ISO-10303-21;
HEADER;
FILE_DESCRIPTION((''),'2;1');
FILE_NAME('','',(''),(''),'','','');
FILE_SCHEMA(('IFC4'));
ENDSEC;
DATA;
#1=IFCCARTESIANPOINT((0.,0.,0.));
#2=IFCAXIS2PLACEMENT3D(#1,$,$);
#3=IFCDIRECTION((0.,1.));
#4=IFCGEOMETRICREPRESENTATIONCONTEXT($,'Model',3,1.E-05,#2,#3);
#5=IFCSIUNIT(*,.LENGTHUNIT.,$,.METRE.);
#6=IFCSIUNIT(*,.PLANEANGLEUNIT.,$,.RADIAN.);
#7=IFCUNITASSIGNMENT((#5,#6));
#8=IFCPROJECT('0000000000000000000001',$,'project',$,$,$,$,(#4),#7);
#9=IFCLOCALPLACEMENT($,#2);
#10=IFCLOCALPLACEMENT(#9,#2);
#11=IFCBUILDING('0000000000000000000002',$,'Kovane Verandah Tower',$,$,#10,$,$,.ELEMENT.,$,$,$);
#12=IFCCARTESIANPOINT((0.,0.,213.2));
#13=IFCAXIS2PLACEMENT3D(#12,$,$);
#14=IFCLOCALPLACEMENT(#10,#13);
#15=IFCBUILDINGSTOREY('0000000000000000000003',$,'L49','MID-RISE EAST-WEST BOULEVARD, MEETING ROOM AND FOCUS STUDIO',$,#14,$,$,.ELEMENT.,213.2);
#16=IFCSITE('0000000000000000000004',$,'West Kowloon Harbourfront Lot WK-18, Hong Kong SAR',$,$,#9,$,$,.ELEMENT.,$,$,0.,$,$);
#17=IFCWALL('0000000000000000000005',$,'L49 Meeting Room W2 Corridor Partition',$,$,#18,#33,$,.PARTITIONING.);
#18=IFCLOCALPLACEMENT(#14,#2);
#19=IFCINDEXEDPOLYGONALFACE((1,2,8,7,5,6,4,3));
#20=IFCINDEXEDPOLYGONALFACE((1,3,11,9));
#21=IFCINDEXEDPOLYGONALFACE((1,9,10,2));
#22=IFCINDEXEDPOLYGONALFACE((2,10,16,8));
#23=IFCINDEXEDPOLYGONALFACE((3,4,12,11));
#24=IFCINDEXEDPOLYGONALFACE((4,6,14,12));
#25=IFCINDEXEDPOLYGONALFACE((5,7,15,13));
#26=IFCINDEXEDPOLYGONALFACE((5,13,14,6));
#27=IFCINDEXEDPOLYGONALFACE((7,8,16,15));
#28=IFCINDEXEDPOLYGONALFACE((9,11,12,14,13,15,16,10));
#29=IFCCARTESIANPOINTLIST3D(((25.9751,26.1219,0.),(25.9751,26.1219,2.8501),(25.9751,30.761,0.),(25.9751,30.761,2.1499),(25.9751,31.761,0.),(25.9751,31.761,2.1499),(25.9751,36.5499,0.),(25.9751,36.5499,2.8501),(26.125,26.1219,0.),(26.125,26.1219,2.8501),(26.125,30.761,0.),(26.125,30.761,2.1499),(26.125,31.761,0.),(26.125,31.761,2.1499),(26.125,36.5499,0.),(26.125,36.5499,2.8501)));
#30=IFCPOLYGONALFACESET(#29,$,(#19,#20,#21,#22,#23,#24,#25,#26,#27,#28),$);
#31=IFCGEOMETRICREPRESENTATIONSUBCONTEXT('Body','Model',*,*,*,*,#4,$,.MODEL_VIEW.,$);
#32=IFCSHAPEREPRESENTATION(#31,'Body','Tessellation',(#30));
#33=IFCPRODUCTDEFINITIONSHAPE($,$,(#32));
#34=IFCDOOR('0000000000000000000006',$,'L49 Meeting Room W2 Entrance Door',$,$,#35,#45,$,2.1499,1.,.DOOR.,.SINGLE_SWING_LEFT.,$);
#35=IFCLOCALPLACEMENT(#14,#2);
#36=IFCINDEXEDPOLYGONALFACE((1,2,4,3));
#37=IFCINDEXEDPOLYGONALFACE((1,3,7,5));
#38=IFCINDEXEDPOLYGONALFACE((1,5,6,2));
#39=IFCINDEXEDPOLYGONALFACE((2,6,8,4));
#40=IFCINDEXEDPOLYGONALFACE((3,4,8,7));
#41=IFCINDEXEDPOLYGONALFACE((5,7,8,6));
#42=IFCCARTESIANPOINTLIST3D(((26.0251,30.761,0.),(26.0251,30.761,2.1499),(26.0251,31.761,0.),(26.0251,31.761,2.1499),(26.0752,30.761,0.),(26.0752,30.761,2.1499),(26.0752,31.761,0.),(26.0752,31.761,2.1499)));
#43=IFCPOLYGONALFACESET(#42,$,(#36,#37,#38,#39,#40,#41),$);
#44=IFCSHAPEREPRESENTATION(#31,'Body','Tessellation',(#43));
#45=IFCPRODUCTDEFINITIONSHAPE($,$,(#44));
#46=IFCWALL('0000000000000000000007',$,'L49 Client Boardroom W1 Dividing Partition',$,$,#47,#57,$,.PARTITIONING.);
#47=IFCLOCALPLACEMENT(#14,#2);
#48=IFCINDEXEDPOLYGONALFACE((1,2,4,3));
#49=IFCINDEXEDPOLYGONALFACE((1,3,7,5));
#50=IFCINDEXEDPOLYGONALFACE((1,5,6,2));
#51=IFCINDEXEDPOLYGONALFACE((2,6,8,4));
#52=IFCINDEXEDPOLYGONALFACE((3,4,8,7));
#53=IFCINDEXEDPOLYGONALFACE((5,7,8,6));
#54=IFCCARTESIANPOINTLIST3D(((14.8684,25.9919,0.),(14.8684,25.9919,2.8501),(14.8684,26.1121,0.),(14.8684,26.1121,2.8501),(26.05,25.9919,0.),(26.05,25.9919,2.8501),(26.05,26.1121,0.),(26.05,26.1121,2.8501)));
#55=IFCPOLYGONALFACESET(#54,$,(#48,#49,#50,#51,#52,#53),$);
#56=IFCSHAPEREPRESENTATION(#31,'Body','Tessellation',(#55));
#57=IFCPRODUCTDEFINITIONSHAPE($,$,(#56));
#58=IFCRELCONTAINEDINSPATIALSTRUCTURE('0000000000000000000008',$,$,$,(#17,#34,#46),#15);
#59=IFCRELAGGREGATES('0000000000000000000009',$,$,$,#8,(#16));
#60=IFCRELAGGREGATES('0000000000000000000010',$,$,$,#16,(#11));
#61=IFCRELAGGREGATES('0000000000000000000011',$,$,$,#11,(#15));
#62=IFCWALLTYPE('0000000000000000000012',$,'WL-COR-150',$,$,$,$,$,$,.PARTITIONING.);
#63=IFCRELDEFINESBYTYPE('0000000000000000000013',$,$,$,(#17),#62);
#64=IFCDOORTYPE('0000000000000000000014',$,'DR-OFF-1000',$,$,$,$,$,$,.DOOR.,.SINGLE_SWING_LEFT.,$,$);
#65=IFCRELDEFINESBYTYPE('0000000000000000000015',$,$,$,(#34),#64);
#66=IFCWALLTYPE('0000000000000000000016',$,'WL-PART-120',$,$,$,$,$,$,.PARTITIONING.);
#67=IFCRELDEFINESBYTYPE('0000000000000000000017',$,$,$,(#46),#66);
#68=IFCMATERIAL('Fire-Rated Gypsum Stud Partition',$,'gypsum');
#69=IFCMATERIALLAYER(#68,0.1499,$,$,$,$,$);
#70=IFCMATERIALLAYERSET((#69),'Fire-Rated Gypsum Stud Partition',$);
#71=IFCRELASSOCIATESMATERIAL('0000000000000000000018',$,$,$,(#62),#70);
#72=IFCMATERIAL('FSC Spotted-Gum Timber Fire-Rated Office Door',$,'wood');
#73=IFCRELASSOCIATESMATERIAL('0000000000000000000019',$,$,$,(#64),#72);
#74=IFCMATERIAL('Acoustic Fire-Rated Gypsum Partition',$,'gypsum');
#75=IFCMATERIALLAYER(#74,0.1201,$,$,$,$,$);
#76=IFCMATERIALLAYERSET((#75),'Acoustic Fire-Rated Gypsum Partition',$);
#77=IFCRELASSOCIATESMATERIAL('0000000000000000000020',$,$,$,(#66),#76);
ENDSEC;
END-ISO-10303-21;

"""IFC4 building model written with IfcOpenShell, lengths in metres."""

from ifc_helpers import new_model, si_unit, direction, frame, frame_2d, origin, place, context, subcontext, project, spatial, rectangle, extrude, material, layer, layer_set, type_object, element, fill, save


model = new_model("IFC4")

# Units and contexts
model_context = context("Model", 3, precision=1e-05, world=origin(), true_north=direction((0.0, 1.0)))
body_context = subcontext(model_context, "Body", "Model", "MODEL_VIEW")
ifc_project = project(units=[si_unit("LENGTHUNIT", "METRE"), si_unit("PLANEANGLEUNIT", "RADIAN")], contexts=[model_context])

# Site, building, storey
site_placement = place(None, origin())
site = spatial("IfcSite", under=ifc_project, at=site_placement, Name="West Kowloon Harbourfront Lot WK-18, Hong Kong SAR", CompositionType="ELEMENT", RefElevation=0.0)
building_placement = place(site_placement, origin())
building = spatial("IfcBuilding", under=site, at=building_placement, Name="Kovane Verandah Tower", CompositionType="ELEMENT")
storey_placement = place(building_placement, frame((0.0, 0.0, 213.2)))
storey = spatial("IfcBuildingStorey", under=building, at=storey_placement, Name="L49", Description="MID-RISE EAST-WEST BOULEVARD, MEETING ROOM AND FOCUS STUDIO", CompositionType="ELEMENT", Elevation=213.2)

# Wall, opening, door
ifc_material_1 = material(Name="Fire-Rated Gypsum Stud Partition", Category="gypsum")
ifc_layer_1 = layer(ifc_material_1, 0.1499)
ifc_layer_set_1 = layer_set([ifc_layer_1], Name="Fire-Rated Gypsum Stud Partition")
wall_type_1 = type_object("IfcWallType", Name="WL-COR-150", PredefinedType="PARTITIONING", material=ifc_layer_set_1)
wall_1_placement = place(storey_placement, frame((26.05, 26.1221, 0.0), z_axis=(0.0, 0.0, 1.0), x_axis=(0.0, 1.0, 0.0)))
wall_1 = element("IfcWall", 1, at=wall_1_placement, inside=storey, type_object=wall_type_1, Name="L49 Meeting Room W2 Corridor Partition", PredefinedType="PARTITIONING", context=body_context, shape_type="SweptSolid", body=[
    extrude(rectangle(XDim=10.428, YDim=0.1499, at=frame_2d((5.2139, 0.0))), origin(), (0.0, 0.0, 1.0), 2.8501),
])
opening_placement = place(wall_1_placement, frame((4.6389, 0.0, 0.0)))
opening = element("IfcOpeningElement", 2, at=opening_placement, cuts=wall_1, PredefinedType="OPENING", context=body_context, shape_type="SweptSolid", body=[
    extrude(rectangle(XDim=1.0, YDim=2.1499, at=frame_2d((0.5, 1.075))), frame((0.0, 0.075, 0.0), z_axis=(0.0, -1.0, 0.0), x_axis=(1.0, 0.0, 0.0)), (0.0, 0.0, 1.0), 0.1499),
])
ifc_material_2 = material(Name="FSC Spotted-Gum Timber Fire-Rated Office Door", Category="wood")
door_type = type_object("IfcDoorType", Name="DR-OFF-1000", OperationType="SINGLE_SWING_LEFT", PredefinedType="DOOR", material=ifc_material_2)
door_placement = place(opening_placement, origin())
door = element("IfcDoor", 3, at=door_placement, inside=storey, type_object=door_type, Name="L49 Meeting Room W2 Entrance Door", OperationType="SINGLE_SWING_LEFT", OverallHeight=2.1499, OverallWidth=1.0, PredefinedType="DOOR", context=body_context, shape_type="SweptSolid", body=[
    extrude(rectangle(XDim=1.0, YDim=2.1499, at=frame_2d((0.5, 1.075))), frame((0.0, 0.0249, 0.0), z_axis=(0.0, -1.0, 0.0), x_axis=(1.0, 0.0, 0.0)), (0.0, 0.0, 1.0), 0.05),
])
fill(opening, door)

# Wall
ifc_material_3 = material(Name="Acoustic Fire-Rated Gypsum Partition", Category="gypsum")
ifc_layer_2 = layer(ifc_material_3, 0.1201)
ifc_layer_set_2 = layer_set([ifc_layer_2], Name="Acoustic Fire-Rated Gypsum Partition")
wall_type_2 = type_object("IfcWallType", Name="WL-PART-120", PredefinedType="PARTITIONING", material=ifc_layer_set_2)
wall_2_placement = place(storey_placement, frame((14.8684, 26.052, 0.0), z_axis=(0.0, 0.0, 1.0), x_axis=(1.0, 0.0, 0.0)))
element("IfcWall", 4, at=wall_2_placement, inside=storey, type_object=wall_type_2, Name="L49 Client Boardroom W1 Dividing Partition", PredefinedType="PARTITIONING", context=body_context, shape_type="SweptSolid", body=[
    extrude(rectangle(XDim=11.1816, YDim=0.1201, at=frame_2d((5.5908, 0.0))), origin(), (0.0, 0.0, 1.0), 2.8501),
])

save(model, "model.ifc")
